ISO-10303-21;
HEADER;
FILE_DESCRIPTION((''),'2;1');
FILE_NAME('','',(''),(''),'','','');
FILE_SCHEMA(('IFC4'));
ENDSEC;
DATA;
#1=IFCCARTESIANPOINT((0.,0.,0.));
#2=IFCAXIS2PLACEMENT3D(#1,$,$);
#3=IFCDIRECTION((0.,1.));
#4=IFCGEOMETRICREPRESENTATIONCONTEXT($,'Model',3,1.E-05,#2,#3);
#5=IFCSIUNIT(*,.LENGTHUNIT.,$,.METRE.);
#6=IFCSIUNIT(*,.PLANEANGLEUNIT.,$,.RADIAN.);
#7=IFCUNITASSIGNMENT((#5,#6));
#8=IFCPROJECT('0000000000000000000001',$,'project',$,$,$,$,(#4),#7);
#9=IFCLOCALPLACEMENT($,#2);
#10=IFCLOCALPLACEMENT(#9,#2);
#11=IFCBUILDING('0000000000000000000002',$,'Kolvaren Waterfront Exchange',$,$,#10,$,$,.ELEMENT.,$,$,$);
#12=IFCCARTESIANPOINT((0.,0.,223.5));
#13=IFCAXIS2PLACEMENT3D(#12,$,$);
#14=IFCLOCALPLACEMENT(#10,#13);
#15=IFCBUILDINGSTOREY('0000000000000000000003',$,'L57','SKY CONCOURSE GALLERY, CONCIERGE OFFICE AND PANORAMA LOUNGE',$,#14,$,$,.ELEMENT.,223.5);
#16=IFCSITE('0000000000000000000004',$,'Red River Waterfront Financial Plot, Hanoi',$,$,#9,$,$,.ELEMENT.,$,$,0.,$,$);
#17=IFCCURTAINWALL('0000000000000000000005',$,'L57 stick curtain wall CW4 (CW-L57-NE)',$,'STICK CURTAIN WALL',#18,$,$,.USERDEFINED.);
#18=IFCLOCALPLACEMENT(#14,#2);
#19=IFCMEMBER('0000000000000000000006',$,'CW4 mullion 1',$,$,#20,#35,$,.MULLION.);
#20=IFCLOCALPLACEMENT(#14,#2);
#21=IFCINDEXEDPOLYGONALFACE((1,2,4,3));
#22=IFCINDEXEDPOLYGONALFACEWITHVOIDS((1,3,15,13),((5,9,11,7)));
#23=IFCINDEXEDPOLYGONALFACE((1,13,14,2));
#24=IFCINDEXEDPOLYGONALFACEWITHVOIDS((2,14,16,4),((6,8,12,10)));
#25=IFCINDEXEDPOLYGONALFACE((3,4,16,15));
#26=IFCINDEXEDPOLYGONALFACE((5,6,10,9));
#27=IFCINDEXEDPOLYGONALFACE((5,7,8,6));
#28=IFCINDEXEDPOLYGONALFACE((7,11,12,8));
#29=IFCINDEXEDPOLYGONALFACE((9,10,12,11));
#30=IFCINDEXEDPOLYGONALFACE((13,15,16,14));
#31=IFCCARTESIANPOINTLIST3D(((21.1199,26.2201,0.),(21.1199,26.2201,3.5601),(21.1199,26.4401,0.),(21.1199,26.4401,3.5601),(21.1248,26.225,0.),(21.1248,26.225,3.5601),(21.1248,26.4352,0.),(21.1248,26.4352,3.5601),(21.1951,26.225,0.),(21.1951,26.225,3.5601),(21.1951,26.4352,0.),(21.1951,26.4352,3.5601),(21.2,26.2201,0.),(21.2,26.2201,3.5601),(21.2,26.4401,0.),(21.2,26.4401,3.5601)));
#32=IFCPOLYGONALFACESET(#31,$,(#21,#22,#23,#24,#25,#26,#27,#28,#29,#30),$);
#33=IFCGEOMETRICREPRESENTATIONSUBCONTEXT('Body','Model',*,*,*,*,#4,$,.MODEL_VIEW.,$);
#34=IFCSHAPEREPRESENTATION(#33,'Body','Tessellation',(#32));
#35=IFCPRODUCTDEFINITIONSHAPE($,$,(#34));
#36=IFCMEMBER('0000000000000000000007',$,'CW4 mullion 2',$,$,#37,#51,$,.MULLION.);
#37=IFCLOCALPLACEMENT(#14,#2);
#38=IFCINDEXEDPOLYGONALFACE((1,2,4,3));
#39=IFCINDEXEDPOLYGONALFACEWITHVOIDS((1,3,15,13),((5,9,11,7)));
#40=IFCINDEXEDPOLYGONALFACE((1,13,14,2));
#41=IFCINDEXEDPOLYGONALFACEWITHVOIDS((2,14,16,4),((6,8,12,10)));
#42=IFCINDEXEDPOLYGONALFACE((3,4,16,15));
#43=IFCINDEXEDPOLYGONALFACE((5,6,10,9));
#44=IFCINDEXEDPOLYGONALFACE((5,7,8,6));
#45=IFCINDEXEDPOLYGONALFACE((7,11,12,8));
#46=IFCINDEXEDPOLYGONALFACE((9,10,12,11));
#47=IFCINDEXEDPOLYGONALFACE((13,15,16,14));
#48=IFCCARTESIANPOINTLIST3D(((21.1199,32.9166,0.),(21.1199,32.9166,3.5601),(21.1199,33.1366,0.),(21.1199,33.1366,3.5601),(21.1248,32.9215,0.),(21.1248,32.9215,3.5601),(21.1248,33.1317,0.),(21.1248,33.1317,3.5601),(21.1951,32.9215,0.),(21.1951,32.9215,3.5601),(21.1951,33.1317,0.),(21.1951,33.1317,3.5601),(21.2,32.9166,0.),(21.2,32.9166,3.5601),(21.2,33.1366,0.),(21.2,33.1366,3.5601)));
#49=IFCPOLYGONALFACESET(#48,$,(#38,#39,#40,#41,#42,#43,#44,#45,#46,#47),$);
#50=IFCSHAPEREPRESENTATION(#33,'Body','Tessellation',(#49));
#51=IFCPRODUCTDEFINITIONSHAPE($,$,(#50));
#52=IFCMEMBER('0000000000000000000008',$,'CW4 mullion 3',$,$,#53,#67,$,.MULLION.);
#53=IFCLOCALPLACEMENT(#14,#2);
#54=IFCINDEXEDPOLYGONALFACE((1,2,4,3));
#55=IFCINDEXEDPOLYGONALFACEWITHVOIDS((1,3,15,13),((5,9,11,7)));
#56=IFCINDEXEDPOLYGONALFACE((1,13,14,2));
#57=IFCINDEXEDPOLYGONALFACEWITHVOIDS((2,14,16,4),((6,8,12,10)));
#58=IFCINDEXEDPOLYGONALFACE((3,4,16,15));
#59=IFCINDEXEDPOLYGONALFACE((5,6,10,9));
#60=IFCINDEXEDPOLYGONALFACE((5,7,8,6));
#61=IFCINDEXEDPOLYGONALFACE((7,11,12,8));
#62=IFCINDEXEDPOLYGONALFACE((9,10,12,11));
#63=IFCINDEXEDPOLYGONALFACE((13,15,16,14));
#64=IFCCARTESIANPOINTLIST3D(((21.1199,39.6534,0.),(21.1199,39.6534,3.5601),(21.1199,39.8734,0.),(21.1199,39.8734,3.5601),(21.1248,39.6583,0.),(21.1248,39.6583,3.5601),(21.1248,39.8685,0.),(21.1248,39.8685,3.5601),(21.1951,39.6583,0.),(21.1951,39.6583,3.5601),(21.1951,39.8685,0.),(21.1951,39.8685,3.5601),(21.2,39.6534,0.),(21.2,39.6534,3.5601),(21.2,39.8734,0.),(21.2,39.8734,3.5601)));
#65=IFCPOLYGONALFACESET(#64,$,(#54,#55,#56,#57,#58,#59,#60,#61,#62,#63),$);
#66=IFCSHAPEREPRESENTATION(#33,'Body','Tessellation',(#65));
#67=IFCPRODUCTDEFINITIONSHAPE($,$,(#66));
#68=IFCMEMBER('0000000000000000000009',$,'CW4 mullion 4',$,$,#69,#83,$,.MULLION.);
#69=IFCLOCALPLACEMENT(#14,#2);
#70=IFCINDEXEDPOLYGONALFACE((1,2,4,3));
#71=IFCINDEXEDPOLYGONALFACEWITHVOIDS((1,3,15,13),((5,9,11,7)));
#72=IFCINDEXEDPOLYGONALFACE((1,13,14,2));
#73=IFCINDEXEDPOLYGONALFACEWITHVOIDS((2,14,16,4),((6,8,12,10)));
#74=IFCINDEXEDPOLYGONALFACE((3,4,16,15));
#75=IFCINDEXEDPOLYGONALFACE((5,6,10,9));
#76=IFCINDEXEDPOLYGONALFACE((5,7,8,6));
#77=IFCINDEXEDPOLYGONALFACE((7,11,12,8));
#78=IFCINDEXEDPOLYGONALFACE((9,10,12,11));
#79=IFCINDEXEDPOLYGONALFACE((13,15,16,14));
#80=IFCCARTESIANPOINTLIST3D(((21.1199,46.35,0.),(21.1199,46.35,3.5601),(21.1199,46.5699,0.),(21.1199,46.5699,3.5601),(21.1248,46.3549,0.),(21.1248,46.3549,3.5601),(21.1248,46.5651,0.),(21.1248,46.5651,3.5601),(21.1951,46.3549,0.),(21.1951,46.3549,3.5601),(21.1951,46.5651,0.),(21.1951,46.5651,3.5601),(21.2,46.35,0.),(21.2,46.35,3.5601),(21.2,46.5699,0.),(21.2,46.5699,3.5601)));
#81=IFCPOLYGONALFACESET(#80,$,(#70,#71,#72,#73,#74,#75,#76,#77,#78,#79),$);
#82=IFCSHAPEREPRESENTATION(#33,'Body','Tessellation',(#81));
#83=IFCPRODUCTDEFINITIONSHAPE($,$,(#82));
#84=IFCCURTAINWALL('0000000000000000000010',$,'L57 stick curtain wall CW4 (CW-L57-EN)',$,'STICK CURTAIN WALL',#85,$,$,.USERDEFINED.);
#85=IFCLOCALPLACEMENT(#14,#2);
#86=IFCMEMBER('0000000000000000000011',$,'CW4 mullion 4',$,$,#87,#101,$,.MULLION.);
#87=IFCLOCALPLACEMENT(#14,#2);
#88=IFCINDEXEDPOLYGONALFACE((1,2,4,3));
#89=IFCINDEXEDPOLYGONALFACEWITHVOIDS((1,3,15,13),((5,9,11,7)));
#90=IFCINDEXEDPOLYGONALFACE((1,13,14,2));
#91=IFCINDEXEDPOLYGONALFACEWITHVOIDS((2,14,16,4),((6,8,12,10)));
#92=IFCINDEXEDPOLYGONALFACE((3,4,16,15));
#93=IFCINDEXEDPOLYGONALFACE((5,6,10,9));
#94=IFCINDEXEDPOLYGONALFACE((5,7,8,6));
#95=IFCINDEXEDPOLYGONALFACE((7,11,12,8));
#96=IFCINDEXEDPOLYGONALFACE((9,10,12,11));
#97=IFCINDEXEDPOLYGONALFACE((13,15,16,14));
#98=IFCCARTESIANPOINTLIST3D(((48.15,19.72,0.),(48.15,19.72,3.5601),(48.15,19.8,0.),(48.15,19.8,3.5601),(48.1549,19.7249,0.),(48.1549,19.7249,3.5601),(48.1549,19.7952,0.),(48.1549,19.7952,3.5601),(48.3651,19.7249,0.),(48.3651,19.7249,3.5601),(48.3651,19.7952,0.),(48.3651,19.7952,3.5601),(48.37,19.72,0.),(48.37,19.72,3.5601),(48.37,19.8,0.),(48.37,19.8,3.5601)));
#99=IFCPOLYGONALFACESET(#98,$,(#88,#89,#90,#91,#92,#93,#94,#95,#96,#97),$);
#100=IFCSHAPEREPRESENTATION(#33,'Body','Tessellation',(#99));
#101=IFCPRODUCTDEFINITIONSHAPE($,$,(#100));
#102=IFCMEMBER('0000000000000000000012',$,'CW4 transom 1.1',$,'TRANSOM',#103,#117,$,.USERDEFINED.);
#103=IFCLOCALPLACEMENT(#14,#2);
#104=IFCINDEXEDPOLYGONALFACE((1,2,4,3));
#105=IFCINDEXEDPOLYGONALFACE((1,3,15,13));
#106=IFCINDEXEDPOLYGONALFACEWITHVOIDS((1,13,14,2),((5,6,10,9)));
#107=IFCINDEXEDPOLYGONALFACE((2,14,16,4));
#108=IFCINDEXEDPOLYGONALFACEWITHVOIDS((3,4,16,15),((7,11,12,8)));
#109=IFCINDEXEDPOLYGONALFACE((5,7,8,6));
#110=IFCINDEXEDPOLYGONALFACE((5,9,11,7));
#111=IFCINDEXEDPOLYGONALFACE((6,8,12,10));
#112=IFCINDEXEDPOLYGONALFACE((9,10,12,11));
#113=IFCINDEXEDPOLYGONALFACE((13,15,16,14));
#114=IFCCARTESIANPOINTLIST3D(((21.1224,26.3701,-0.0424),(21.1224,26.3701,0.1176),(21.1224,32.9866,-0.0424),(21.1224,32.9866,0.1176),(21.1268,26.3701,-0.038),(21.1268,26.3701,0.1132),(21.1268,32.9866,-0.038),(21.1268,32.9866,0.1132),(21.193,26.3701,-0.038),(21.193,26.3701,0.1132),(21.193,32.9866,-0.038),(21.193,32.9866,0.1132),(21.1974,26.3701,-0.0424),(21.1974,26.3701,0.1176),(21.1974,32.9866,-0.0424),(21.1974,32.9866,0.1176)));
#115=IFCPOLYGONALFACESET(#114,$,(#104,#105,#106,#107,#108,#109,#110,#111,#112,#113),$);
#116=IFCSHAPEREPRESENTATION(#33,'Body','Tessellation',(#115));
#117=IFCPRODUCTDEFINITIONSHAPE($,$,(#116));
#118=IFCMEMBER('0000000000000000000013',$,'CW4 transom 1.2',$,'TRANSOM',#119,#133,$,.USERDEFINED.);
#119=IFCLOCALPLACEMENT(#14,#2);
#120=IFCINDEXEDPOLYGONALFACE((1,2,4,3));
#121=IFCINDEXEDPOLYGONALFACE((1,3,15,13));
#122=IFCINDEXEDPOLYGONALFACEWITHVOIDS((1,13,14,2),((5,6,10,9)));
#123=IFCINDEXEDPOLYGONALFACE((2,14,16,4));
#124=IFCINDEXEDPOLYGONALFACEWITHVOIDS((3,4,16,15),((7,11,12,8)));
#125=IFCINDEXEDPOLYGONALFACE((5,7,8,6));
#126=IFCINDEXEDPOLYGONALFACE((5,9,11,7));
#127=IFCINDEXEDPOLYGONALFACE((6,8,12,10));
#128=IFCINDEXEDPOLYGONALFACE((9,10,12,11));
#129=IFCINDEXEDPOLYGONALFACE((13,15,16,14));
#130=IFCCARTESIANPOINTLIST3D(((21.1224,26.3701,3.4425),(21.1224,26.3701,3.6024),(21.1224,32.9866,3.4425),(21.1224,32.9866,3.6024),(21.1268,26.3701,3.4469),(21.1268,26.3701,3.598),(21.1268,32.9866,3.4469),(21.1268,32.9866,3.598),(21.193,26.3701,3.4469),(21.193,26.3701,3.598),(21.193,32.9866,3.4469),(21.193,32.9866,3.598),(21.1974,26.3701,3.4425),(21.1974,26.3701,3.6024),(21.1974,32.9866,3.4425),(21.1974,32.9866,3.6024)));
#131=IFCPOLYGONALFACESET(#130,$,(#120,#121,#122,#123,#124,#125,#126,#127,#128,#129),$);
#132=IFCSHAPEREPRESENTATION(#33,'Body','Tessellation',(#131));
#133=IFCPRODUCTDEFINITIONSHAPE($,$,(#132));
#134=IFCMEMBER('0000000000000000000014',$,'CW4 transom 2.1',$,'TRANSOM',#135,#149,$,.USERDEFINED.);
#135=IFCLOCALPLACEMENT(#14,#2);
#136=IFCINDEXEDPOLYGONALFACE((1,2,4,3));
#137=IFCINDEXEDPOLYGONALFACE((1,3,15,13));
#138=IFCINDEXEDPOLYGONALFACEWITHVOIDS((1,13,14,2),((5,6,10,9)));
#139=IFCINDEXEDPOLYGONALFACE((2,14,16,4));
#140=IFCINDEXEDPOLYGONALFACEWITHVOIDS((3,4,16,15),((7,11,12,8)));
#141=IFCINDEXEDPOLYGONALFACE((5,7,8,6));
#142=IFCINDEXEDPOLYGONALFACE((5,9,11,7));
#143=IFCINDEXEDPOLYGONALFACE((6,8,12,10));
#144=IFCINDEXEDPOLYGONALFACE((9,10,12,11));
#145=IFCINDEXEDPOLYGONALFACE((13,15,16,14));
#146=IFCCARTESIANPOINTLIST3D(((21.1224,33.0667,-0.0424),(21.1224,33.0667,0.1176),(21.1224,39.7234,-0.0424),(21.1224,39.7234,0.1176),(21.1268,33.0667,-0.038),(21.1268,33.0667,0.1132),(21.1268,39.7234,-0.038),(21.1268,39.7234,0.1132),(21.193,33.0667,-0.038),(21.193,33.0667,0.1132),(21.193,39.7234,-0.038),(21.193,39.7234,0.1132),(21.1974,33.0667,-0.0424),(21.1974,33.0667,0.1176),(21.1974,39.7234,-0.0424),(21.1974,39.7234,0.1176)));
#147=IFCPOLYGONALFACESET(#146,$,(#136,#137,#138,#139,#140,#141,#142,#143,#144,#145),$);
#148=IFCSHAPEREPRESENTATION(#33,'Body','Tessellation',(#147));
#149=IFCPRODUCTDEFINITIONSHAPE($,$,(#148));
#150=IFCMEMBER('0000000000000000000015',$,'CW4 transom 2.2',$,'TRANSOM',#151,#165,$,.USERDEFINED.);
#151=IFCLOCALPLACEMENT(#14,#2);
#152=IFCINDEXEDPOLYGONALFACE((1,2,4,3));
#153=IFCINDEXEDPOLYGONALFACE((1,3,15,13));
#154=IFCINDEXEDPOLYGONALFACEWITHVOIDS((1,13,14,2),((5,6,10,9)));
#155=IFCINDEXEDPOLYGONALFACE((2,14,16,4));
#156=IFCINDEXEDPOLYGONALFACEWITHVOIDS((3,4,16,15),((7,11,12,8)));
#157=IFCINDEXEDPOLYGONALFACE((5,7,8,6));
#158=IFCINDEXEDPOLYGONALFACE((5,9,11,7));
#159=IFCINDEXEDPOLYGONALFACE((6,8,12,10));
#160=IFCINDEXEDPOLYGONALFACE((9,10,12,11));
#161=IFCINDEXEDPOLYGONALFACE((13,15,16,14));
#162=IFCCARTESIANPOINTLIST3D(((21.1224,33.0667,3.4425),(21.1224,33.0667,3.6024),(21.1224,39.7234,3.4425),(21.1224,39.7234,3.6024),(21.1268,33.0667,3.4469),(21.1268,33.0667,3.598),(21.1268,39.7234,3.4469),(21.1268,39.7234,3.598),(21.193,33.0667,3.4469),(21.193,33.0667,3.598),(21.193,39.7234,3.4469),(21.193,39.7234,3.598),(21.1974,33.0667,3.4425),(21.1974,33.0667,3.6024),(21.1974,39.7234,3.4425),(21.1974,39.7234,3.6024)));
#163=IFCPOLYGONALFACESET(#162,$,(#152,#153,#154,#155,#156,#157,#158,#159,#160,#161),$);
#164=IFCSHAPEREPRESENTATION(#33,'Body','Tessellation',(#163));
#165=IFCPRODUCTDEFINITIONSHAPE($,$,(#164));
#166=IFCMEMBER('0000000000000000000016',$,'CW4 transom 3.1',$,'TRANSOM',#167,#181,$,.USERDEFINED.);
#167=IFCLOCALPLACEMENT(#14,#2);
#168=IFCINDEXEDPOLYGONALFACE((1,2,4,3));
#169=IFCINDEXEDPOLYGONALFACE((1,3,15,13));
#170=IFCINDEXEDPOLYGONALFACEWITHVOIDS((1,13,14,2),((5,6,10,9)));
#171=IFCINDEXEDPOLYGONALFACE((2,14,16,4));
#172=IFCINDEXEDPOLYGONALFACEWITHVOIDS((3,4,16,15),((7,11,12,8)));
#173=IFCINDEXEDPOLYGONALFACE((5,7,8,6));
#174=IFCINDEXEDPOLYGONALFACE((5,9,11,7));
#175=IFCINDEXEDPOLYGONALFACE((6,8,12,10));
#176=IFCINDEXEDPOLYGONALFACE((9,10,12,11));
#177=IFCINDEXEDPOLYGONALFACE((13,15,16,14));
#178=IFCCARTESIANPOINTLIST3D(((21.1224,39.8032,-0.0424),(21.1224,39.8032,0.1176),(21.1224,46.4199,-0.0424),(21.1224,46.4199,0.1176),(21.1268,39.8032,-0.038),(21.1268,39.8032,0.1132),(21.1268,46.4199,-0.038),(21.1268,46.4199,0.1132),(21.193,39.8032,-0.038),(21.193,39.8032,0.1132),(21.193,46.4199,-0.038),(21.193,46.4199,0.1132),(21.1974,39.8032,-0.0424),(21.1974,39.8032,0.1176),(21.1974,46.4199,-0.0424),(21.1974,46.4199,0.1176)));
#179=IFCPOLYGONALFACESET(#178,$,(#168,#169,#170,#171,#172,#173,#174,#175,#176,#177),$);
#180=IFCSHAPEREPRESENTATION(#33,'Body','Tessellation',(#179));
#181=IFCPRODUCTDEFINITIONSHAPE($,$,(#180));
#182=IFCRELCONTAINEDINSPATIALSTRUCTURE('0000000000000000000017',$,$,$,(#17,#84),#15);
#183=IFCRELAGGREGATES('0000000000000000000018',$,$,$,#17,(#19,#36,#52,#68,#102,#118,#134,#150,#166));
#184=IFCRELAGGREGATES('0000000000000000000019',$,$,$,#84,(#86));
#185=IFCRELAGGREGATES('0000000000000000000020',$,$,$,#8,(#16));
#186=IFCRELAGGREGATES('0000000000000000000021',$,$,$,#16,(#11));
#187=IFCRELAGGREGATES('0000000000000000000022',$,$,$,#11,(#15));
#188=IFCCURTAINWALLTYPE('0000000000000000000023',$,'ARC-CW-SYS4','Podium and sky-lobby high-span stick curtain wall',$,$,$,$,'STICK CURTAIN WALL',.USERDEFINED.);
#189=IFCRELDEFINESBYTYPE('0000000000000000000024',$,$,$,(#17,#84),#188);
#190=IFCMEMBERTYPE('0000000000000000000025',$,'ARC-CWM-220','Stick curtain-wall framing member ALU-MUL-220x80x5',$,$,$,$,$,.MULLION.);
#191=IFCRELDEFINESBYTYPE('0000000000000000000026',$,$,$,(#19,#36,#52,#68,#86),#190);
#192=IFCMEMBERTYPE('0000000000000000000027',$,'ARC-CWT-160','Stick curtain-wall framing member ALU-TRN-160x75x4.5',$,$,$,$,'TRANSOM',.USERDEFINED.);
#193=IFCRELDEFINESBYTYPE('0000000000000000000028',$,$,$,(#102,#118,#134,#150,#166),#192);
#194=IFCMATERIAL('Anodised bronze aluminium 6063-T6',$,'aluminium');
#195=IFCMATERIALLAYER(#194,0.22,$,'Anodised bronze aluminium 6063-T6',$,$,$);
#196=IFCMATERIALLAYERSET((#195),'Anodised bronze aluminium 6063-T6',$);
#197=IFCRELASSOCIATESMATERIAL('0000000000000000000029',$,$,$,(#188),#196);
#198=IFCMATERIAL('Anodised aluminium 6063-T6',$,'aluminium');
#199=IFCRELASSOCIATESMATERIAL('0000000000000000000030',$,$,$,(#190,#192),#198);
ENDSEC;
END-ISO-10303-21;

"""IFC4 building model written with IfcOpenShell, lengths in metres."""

from ifc_helpers import new_model, si_unit, direction, frame, origin, origin_with_axes, origin_2d, place, context, subcontext, project, spatial, hollow_rectangle, extrude, source, transform, mapped, material, layer, layer_set, material_profile, profile_set, type_object, element, aggregate, save


model = new_model("IFC4")

# Units and contexts
model_context = context("Model", 3, precision=1e-05, world=origin(), true_north=direction((0.0, 1.0)))
body_context = subcontext(model_context, "Body", "Model", "MODEL_VIEW")
ifc_project = project(units=[si_unit("LENGTHUNIT", "METRE"), si_unit("PLANEANGLEUNIT", "RADIAN")], contexts=[model_context])

# Site, building, storey
site_placement = place(None, origin())
site = spatial("IfcSite", under=ifc_project, at=site_placement, Name="Red River Waterfront Financial Plot, Hanoi", CompositionType="ELEMENT", RefElevation=0.0)
building_placement = place(site_placement, origin())
building = spatial("IfcBuilding", under=site, at=building_placement, Name="Kolvaren Waterfront Exchange", CompositionType="ELEMENT")
storey_placement = place(building_placement, frame((0.0, 0.0, 223.5)))
storey = spatial("IfcBuildingStorey", under=building, at=storey_placement, Name="L57", Description="SKY CONCOURSE GALLERY, CONCIERGE OFFICE AND PANORAMA LOUNGE", CompositionType="ELEMENT", Elevation=223.5)

# Curtain wall, members
ifc_material_1 = material(Name="Anodised bronze aluminium 6063-T6", Category="aluminium")
ifc_layer_1 = layer(ifc_material_1, 0.22, Name="Anodised bronze aluminium 6063-T6")
ifc_layer_set_1 = layer_set([ifc_layer_1], Name="Anodised bronze aluminium 6063-T6")
curtain_wall_type = type_object("IfcCurtainWallType", Name="ARC-CW-SYS4", Description="Podium and sky-lobby high-span stick curtain wall", ElementType="STICK CURTAIN WALL", PredefinedType="USERDEFINED", material=ifc_layer_set_1)
curtain_wall_1_placement = place(storey_placement, origin())
curtain_wall_1 = element("IfcCurtainWall", 1, at=curtain_wall_1_placement, inside=storey, type_object=curtain_wall_type, Name="L57 stick curtain wall CW4 (CW-L57-NE)", ObjectType="STICK CURTAIN WALL", PredefinedType="USERDEFINED")
ifc_material_2 = material(Name="Anodised aluminium 6063-T6", Category="aluminium")
ifc_material_profile_1 = material_profile(ifc_material_2, hollow_rectangle(XDim=0.0801, YDim=0.22, WallThickness=0.0049, at=origin_2d()), Name="ALU-MUL-220x80x5")
ifc_profile_set_1 = profile_set([ifc_material_profile_1], Name="Anodised aluminium 6063-T6")
member_type_1 = type_object("IfcMemberType", Name="ARC-CWM-220", Description="Stick curtain-wall framing member ALU-MUL-220x80x5", PredefinedType="MULLION", material=ifc_profile_set_1)
shared_shape_1 = source(origin_with_axes(), body_context, "Body", "SweptSolid", [
    extrude(hollow_rectangle(XDim=0.0801, YDim=0.22, WallThickness=0.0049, at=origin_2d()), origin(), (0.0, 0.0, 1.0), 3.5601),
])
member_1_placement = place(storey_placement, frame((21.1599, 26.3301, 0.0), z_axis=(0.0, 0.0, 1.0), x_axis=(-1.0, 0.0, 0.0)))
member_1 = element("IfcMember", 2, at=member_1_placement, type_object=member_type_1, Name="CW4 mullion 1", PredefinedType="MULLION", context=body_context, shape_type="MappedRepresentation", body=[
    mapped(shared_shape_1, transform((0.0, 0.0, 0.0), x_axis=(1.0, 0.0, 0.0), y_axis=(0.0, 1.0, 0.0), z_axis=(0.0, 0.0, 1.0), scale=1.0)),
])
member_2_placement = place(storey_placement, frame((21.1599, 33.0266, 0.0), z_axis=(0.0, 0.0, 1.0), x_axis=(-1.0, 0.0, 0.0)))
member_2 = element("IfcMember", 3, at=member_2_placement, type_object=member_type_1, Name="CW4 mullion 2", PredefinedType="MULLION", context=body_context, shape_type="MappedRepresentation", body=[
    mapped(shared_shape_1, transform((0.0, 0.0, 0.0), x_axis=(1.0, 0.0, 0.0), y_axis=(0.0, 1.0, 0.0), z_axis=(0.0, 0.0, 1.0), scale=1.0)),
])
member_3_placement = place(storey_placement, frame((21.1599, 39.7634, 0.0), z_axis=(0.0, 0.0, 1.0), x_axis=(-1.0, 0.0, 0.0)))
member_3 = element("IfcMember", 4, at=member_3_placement, type_object=member_type_1, Name="CW4 mullion 3", PredefinedType="MULLION", context=body_context, shape_type="MappedRepresentation", body=[
    mapped(shared_shape_1, transform((0.0, 0.0, 0.0), x_axis=(1.0, 0.0, 0.0), y_axis=(0.0, 1.0, 0.0), z_axis=(0.0, 0.0, 1.0), scale=1.0)),
])
member_4_placement = place(storey_placement, frame((21.1599, 46.46, 0.0), z_axis=(0.0, 0.0, 1.0), x_axis=(-1.0, 0.0, 0.0)))
member_4 = element("IfcMember", 5, at=member_4_placement, type_object=member_type_1, Name="CW4 mullion 4", PredefinedType="MULLION", context=body_context, shape_type="MappedRepresentation", body=[
    mapped(shared_shape_1, transform((0.0, 0.0, 0.0), x_axis=(1.0, 0.0, 0.0), y_axis=(0.0, 1.0, 0.0), z_axis=(0.0, 0.0, 1.0), scale=1.0)),
])

# Curtain wall, member
curtain_wall_2_placement = place(storey_placement, origin())
curtain_wall_2 = element("IfcCurtainWall", 6, at=curtain_wall_2_placement, inside=storey, type_object=curtain_wall_type, Name="L57 stick curtain wall CW4 (CW-L57-EN)", ObjectType="STICK CURTAIN WALL", PredefinedType="USERDEFINED")
member_5_placement = place(storey_placement, frame((48.26, 19.76, 0.0), z_axis=(0.0, 0.0, 1.0), x_axis=(0.0, 1.0, 0.0)))
member_5 = element("IfcMember", 7, at=member_5_placement, type_object=member_type_1, Name="CW4 mullion 4", PredefinedType="MULLION", context=body_context, shape_type="MappedRepresentation", body=[
    mapped(shared_shape_1, transform((0.0, 0.0, 0.0), x_axis=(1.0, 0.0, 0.0), y_axis=(0.0, 1.0, 0.0), z_axis=(0.0, 0.0, 1.0), scale=1.0)),
])

# Members
ifc_material_profile_2 = material_profile(ifc_material_2, hollow_rectangle(XDim=0.075, YDim=0.1599, WallThickness=0.0044, at=origin_2d()), Name="ALU-TRN-160x75x4.5")
ifc_profile_set_2 = profile_set([ifc_material_profile_2], Name="Anodised aluminium 6063-T6")
member_type_2 = type_object("IfcMemberType", Name="ARC-CWT-160", Description="Stick curtain-wall framing member ALU-TRN-160x75x4.5", ElementType="TRANSOM", PredefinedType="USERDEFINED", material=ifc_profile_set_2)
shared_shape_2 = source(origin_with_axes(), body_context, "Body", "SweptSolid", [
    extrude(hollow_rectangle(XDim=0.075, YDim=0.1599, WallThickness=0.0044, at=origin_2d()), origin(), (0.0, 0.0, 1.0), 6.6165),
])
member_6_placement = place(storey_placement, frame((21.1599, 26.3701, 0.0376), z_axis=(0.0, 1.0, 0.0), x_axis=(-1.0, 0.0, 0.0)))
member_6 = element("IfcMember", 8, at=member_6_placement, type_object=member_type_2, Name="CW4 transom 1.1", ObjectType="TRANSOM", PredefinedType="USERDEFINED", context=body_context, shape_type="MappedRepresentation", body=[
    mapped(shared_shape_2, transform((0.0, 0.0, 0.0), x_axis=(1.0, 0.0, 0.0), y_axis=(0.0, 1.0, 0.0), z_axis=(0.0, 0.0, 1.0), scale=1.0)),
])
member_7_placement = place(storey_placement, frame((21.1599, 26.3701, 3.5225), z_axis=(0.0, 1.0, 0.0), x_axis=(-1.0, 0.0, 0.0)))
member_7 = element("IfcMember", 9, at=member_7_placement, type_object=member_type_2, Name="CW4 transom 1.2", ObjectType="TRANSOM", PredefinedType="USERDEFINED", context=body_context, shape_type="MappedRepresentation", body=[
    mapped(shared_shape_2, transform((0.0, 0.0, 0.0), x_axis=(1.0, 0.0, 0.0), y_axis=(0.0, 1.0, 0.0), z_axis=(0.0, 0.0, 1.0), scale=1.0)),
])
shared_shape_3 = source(origin_with_axes(), body_context, "Body", "SweptSolid", [
    extrude(hollow_rectangle(XDim=0.075, YDim=0.1599, WallThickness=0.0044, at=origin_2d()), origin(), (0.0, 0.0, 1.0), 6.6567),
])
member_8_placement = place(storey_placement, frame((21.1599, 33.0667, 0.0376), z_axis=(0.0, 1.0, 0.0), x_axis=(-1.0, 0.0, 0.0)))
member_8 = element("IfcMember", 10, at=member_8_placement, type_object=member_type_2, Name="CW4 transom 2.1", ObjectType="TRANSOM", PredefinedType="USERDEFINED", context=body_context, shape_type="MappedRepresentation", body=[
    mapped(shared_shape_3, transform((0.0, 0.0, 0.0), x_axis=(1.0, 0.0, 0.0), y_axis=(0.0, 1.0, 0.0), z_axis=(0.0, 0.0, 1.0), scale=1.0)),
])
member_9_placement = place(storey_placement, frame((21.1599, 33.0667, 3.5225), z_axis=(0.0, 1.0, 0.0), x_axis=(-1.0, 0.0, 0.0)))
member_9 = element("IfcMember", 11, at=member_9_placement, type_object=member_type_2, Name="CW4 transom 2.2", ObjectType="TRANSOM", PredefinedType="USERDEFINED", context=body_context, shape_type="MappedRepresentation", body=[
    mapped(shared_shape_3, transform((0.0, 0.0, 0.0), x_axis=(1.0, 0.0, 0.0), y_axis=(0.0, 1.0, 0.0), z_axis=(0.0, 0.0, 1.0), scale=1.0)),
])
shared_shape_4 = source(origin_with_axes(), body_context, "Body", "SweptSolid", [
    extrude(hollow_rectangle(XDim=0.075, YDim=0.1599, WallThickness=0.0044, at=origin_2d()), origin(), (0.0, 0.0, 1.0), 6.6167),
])
member_10_placement = place(storey_placement, frame((21.1599, 39.8032, 0.0376), z_axis=(0.0, 1.0, 0.0), x_axis=(-1.0, 0.0, 0.0)))
member_10 = element("IfcMember", 12, at=member_10_placement, type_object=member_type_2, Name="CW4 transom 3.1", ObjectType="TRANSOM", PredefinedType="USERDEFINED", context=body_context, shape_type="MappedRepresentation", body=[
    mapped(shared_shape_4, transform((0.0, 0.0, 0.0), x_axis=(1.0, 0.0, 0.0), y_axis=(0.0, 1.0, 0.0), z_axis=(0.0, 0.0, 1.0), scale=1.0)),
])

aggregate(curtain_wall_1, [member_1, member_2, member_3, member_4, member_6, member_7, member_8, member_9, member_10])
aggregate(curtain_wall_2, [member_5])

save(model, "model.ifc")
